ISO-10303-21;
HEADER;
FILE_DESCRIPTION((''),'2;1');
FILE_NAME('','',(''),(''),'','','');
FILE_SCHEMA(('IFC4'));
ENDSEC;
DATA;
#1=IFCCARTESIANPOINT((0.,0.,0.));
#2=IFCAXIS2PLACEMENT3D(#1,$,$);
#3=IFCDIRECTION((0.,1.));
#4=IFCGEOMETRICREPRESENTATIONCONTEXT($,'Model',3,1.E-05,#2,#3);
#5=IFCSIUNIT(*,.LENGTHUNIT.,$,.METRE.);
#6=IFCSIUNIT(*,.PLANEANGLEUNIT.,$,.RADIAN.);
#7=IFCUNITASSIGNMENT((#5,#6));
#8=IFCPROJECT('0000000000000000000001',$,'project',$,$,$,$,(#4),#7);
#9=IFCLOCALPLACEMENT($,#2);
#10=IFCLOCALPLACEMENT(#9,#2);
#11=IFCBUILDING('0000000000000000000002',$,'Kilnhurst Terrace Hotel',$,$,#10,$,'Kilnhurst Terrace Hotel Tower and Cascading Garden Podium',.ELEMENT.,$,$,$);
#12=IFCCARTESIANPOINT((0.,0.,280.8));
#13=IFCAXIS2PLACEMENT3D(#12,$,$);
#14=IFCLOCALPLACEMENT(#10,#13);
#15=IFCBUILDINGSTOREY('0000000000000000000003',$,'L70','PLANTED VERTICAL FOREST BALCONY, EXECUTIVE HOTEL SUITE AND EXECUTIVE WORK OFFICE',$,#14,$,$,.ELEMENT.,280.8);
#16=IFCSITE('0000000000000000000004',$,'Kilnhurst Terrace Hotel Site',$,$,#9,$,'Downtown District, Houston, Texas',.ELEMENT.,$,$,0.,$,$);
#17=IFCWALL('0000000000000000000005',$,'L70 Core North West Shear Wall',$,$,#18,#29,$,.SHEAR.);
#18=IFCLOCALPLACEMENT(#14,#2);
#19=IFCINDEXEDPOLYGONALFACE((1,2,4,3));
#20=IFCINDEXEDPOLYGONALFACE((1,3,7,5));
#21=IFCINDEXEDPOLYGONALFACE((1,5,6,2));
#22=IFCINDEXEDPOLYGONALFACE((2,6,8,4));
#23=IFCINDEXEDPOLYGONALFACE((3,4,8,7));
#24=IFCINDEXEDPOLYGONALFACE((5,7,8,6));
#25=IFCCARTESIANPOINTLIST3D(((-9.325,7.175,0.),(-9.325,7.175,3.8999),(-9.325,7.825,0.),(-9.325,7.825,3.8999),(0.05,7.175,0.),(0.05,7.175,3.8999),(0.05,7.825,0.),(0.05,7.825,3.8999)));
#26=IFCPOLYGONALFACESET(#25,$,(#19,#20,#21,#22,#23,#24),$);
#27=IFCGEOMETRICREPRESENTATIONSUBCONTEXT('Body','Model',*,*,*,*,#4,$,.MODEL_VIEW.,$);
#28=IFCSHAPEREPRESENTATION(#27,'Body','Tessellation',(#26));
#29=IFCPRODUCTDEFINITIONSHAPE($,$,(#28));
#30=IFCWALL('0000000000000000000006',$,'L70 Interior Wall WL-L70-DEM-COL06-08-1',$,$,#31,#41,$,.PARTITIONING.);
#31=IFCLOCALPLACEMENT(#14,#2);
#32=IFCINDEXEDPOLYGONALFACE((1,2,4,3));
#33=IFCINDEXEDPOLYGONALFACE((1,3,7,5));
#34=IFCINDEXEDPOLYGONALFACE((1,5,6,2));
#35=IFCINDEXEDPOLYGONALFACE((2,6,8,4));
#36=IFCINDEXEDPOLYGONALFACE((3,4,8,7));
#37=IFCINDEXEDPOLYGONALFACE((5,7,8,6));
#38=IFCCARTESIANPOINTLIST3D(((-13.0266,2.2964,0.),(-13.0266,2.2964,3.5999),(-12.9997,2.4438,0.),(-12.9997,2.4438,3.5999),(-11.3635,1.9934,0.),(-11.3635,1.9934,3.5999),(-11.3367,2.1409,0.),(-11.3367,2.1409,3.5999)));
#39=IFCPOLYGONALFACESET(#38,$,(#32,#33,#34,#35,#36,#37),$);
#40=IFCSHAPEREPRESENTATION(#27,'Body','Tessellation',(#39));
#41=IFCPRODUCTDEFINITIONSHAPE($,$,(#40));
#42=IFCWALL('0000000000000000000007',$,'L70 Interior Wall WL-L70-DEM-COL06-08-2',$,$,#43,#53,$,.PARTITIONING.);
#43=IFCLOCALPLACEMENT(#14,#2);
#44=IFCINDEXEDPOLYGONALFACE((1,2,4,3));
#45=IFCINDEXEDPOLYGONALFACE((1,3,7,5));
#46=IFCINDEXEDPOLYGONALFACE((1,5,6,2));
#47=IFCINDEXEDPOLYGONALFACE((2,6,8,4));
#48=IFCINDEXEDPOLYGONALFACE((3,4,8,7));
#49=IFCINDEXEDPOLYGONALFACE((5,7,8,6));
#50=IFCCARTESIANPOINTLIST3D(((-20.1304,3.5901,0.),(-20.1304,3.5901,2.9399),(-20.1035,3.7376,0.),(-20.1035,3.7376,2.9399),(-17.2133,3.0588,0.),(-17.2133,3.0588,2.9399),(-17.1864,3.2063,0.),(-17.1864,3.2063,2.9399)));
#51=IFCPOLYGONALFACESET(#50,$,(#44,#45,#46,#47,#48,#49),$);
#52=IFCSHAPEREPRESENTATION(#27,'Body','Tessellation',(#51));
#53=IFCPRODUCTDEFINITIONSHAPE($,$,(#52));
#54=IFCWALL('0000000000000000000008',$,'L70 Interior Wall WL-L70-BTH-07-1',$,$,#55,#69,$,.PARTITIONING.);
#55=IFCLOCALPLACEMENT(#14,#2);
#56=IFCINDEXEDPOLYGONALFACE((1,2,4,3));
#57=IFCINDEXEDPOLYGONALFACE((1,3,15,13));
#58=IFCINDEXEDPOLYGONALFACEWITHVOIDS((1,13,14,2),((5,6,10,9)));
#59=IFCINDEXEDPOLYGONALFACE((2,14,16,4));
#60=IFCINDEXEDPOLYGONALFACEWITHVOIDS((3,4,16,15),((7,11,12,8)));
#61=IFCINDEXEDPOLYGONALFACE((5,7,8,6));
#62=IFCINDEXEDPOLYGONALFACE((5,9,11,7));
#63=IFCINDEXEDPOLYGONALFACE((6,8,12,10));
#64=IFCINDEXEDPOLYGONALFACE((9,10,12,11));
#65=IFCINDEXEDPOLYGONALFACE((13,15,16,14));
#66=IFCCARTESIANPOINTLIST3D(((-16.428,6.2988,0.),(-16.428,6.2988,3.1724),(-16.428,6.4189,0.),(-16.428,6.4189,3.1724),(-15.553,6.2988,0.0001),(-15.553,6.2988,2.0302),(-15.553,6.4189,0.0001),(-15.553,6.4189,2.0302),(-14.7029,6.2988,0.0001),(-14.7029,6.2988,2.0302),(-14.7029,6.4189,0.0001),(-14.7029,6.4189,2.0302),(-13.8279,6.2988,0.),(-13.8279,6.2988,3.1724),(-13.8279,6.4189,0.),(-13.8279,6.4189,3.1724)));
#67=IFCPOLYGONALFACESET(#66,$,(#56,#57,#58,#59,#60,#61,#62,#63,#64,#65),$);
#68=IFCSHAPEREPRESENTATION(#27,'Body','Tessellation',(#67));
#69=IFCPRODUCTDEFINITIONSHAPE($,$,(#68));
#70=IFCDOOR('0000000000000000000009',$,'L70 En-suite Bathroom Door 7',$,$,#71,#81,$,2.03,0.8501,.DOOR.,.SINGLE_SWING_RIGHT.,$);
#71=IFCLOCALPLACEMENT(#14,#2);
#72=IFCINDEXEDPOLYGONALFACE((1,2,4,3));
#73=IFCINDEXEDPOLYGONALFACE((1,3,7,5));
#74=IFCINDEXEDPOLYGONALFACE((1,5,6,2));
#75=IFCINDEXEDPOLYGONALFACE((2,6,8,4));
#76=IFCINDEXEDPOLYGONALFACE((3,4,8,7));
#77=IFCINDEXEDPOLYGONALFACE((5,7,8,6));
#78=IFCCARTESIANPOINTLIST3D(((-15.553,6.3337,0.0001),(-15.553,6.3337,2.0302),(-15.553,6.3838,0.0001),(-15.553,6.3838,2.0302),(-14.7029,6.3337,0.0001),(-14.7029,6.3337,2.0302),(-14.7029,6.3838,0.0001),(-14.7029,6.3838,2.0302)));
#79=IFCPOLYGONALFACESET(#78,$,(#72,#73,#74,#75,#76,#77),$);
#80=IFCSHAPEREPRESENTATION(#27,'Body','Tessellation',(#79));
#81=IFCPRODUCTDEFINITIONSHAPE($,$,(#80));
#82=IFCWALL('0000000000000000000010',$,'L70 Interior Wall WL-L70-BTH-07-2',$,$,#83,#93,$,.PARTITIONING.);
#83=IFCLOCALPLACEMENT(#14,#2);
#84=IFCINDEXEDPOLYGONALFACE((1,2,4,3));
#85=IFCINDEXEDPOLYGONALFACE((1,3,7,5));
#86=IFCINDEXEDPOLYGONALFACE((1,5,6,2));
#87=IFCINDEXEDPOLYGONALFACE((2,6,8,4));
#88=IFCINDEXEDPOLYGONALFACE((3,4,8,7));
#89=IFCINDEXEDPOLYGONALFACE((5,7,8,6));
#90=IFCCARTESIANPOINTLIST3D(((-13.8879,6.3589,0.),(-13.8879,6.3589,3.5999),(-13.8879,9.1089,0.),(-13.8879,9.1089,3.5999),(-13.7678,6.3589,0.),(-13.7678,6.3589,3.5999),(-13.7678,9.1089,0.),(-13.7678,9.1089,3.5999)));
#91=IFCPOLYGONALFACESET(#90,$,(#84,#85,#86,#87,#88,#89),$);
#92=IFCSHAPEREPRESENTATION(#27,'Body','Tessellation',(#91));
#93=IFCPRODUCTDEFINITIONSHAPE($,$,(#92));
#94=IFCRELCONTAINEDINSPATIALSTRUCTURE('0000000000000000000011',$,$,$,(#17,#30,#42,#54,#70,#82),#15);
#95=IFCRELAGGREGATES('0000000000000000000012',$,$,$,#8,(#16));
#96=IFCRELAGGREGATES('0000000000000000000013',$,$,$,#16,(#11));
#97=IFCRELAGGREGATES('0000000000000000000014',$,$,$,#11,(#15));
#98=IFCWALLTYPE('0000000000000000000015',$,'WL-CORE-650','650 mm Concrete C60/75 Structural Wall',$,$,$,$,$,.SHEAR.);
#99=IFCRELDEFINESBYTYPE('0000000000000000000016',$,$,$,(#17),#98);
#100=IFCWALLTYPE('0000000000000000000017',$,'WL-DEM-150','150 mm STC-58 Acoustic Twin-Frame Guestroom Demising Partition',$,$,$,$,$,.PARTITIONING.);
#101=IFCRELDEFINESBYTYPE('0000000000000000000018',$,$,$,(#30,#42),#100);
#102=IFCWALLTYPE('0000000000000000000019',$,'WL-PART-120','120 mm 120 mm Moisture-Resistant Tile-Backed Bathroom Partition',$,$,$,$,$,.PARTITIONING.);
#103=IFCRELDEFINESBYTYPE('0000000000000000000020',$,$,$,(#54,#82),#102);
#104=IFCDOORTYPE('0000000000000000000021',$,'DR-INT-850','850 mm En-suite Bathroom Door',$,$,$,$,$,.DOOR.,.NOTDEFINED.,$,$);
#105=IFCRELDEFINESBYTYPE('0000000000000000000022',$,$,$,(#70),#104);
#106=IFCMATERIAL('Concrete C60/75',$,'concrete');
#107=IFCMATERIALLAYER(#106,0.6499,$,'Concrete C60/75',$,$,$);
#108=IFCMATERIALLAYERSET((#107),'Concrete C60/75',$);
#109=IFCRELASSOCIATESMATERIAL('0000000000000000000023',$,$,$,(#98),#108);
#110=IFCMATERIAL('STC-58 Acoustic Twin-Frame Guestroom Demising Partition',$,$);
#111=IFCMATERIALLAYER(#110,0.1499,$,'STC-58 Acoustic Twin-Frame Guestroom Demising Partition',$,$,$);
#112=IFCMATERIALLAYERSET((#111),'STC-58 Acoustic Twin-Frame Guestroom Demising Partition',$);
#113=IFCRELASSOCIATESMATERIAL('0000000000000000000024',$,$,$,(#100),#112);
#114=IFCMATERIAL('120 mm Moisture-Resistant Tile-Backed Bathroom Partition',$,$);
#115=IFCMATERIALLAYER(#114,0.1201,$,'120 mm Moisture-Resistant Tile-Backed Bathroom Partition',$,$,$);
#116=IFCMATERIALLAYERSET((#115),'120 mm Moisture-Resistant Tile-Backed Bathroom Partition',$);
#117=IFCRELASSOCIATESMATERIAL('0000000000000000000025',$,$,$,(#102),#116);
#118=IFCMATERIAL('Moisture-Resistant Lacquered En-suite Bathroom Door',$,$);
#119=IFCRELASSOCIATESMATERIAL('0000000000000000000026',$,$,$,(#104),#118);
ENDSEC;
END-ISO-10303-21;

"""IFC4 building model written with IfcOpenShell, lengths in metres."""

from ifc_helpers import new_model, si_unit, direction, frame, frame_2d, origin, place, context, subcontext, project, spatial, rectangle, extrude, material, layer, layer_set, type_object, element, fill, save


model = new_model("IFC4")

# Units and contexts
model_context = context("Model", 3, precision=1e-05, world=origin(), true_north=direction((0.0, 1.0)))
body_context = subcontext(model_context, "Body", "Model", "MODEL_VIEW")
ifc_project = project(units=[si_unit("LENGTHUNIT", "METRE"), si_unit("PLANEANGLEUNIT", "RADIAN")], contexts=[model_context])

# Site, building, storey
site_placement = place(None, origin())
site = spatial("IfcSite", under=ifc_project, at=site_placement, Name="Kilnhurst Terrace Hotel Site", LongName="Downtown District, Houston, Texas", CompositionType="ELEMENT", RefElevation=0.0)
building_placement = place(site_placement, origin())
building = spatial("IfcBuilding", under=site, at=building_placement, Name="Kilnhurst Terrace Hotel", LongName="Kilnhurst Terrace Hotel Tower and Cascading Garden Podium", CompositionType="ELEMENT")
storey_placement = place(building_placement, frame((0.0, 0.0, 280.8)))
storey = spatial("IfcBuildingStorey", under=building, at=storey_placement, Name="L70", Description="PLANTED VERTICAL FOREST BALCONY, EXECUTIVE HOTEL SUITE AND EXECUTIVE WORK OFFICE", CompositionType="ELEMENT", Elevation=280.8)

# Shared definitions
ifc_material_1 = material(Name="Concrete C60/75", Category="concrete")

# Walls
ifc_layer_1 = layer(ifc_material_1, 0.6499, Name="Concrete C60/75")
ifc_layer_set_1 = layer_set([ifc_layer_1], Name="Concrete C60/75")
wall_type_1 = type_object("IfcWallType", Name="WL-CORE-650", Description="650 mm Concrete C60/75 Structural Wall", PredefinedType="SHEAR", material=ifc_layer_set_1)
wall_1_placement = place(storey_placement, frame((-9.325, 7.5, 0.0), z_axis=(0.0, 0.0, 1.0), x_axis=(1.0, 0.0, 0.0)))
element("IfcWall", 1, at=wall_1_placement, inside=storey, type_object=wall_type_1, Name="L70 Core North West Shear Wall", PredefinedType="SHEAR", context=body_context, shape_type="SweptSolid", body=[
    extrude(rectangle(XDim=9.375, YDim=0.6499, at=frame_2d((4.6875, 0.0))), origin(), (0.0, 0.0, 1.0), 3.8999),
])
ifc_material_2 = material(Name="STC-58 Acoustic Twin-Frame Guestroom Demising Partition")
ifc_layer_2 = layer(ifc_material_2, 0.1499, Name="STC-58 Acoustic Twin-Frame Guestroom Demising Partition")
ifc_layer_set_2 = layer_set([ifc_layer_2], Name="STC-58 Acoustic Twin-Frame Guestroom Demising Partition")
wall_type_2 = type_object("IfcWallType", Name="WL-DEM-150", Description="150 mm STC-58 Acoustic Twin-Frame Guestroom Demising Partition", PredefinedType="PARTITIONING", material=ifc_layer_set_2)
wall_2_placement = place(storey_placement, frame((-11.3501, 2.0671, 0.0), z_axis=(0.0, 0.0, 1.0), x_axis=(-0.983807, 0.179229, 0.0)))
element("IfcWall", 2, at=wall_2_placement, inside=storey, type_object=wall_type_2, Name="L70 Interior Wall WL-L70-DEM-COL06-08-1", PredefinedType="PARTITIONING", context=body_context, shape_type="SweptSolid", body=[
    extrude(rectangle(XDim=1.6904, YDim=0.1499, at=frame_2d((0.8452, 0.0))), origin(), (0.0, 0.0, 1.0), 3.5999),
])
wall_3_placement = place(storey_placement, frame((-17.2, 3.1326, 0.0), z_axis=(0.0, 0.0, 1.0), x_axis=(-0.983817, 0.179175, 0.0)))
element("IfcWall", 3, at=wall_3_placement, inside=storey, type_object=wall_type_2, Name="L70 Interior Wall WL-L70-DEM-COL06-08-2", PredefinedType="PARTITIONING", context=body_context, shape_type="SweptSolid", body=[
    extrude(rectangle(XDim=2.9651, YDim=0.1499, at=frame_2d((1.4824, 0.0))), origin(), (0.0, 0.0, 1.0), 2.9399),
])

# Wall, opening, door
ifc_material_3 = material(Name="120 mm Moisture-Resistant Tile-Backed Bathroom Partition")
ifc_layer_3 = layer(ifc_material_3, 0.1201, Name="120 mm Moisture-Resistant Tile-Backed Bathroom Partition")
ifc_layer_set_3 = layer_set([ifc_layer_3], Name="120 mm Moisture-Resistant Tile-Backed Bathroom Partition")
wall_type_3 = type_object("IfcWallType", Name="WL-PART-120", Description="120 mm 120 mm Moisture-Resistant Tile-Backed Bathroom Partition", PredefinedType="PARTITIONING", material=ifc_layer_set_3)
wall_4_placement = place(storey_placement, frame((-16.428, 6.3589, 0.0), z_axis=(0.0, 0.0, 1.0), x_axis=(1.0, 0.0, 0.0)))
wall_4 = element("IfcWall", 4, at=wall_4_placement, inside=storey, type_object=wall_type_3, Name="L70 Interior Wall WL-L70-BTH-07-1", PredefinedType="PARTITIONING", context=body_context, shape_type="SweptSolid", body=[
    extrude(rectangle(XDim=2.6001, YDim=0.1201, at=frame_2d((1.3, 0.0))), origin(), (0.0, 0.0, 1.0), 3.1724),
])
opening_1_placement = place(wall_4_placement, frame((0.875, 0.0, 0.0)))
opening_1 = element("IfcOpeningElement", 5, at=opening_1_placement, cuts=wall_4, PredefinedType="OPENING", context=body_context, shape_type="SweptSolid", body=[
    extrude(rectangle(XDim=0.8501, YDim=2.03, at=frame_2d((0.425, 1.0151))), frame((0.0, 0.0701, 0.0), z_axis=(0.0, -1.0, 0.0), x_axis=(1.0, 0.0, 0.0)), (0.0, 0.0, 1.0), 0.1401),
])
ifc_material_4 = material(Name="Moisture-Resistant Lacquered En-suite Bathroom Door")
door_type_1 = type_object("IfcDoorType", Name="DR-INT-850", Description="850 mm En-suite Bathroom Door", OperationType="NOTDEFINED", PredefinedType="DOOR", material=ifc_material_4)
door_1_placement = place(opening_1_placement, origin())
door_1 = element("IfcDoor", 6, at=door_1_placement, inside=storey, type_object=door_type_1, Name="L70 En-suite Bathroom Door 7", OperationType="SINGLE_SWING_RIGHT", OverallHeight=2.03, OverallWidth=0.8501, PredefinedType="DOOR", context=body_context, shape_type="SweptSolid", body=[
    extrude(rectangle(XDim=0.8501, YDim=2.03, at=frame_2d((0.425, 1.0151))), frame((0.0, 0.0249, 0.0), z_axis=(0.0, -1.0, 0.0), x_axis=(1.0, 0.0, 0.0)), (0.0, 0.0, 1.0), 0.05),
])
fill(opening_1, door_1)

# Wall
wall_5_placement = place(storey_placement, frame((-13.8279, 6.3589, 0.0), z_axis=(0.0, 0.0, 1.0), x_axis=(0.0, 1.0, 0.0)))
element("IfcWall", 7, at=wall_5_placement, inside=storey, type_object=wall_type_3, Name="L70 Interior Wall WL-L70-BTH-07-2", PredefinedType="PARTITIONING", context=body_context, shape_type="SweptSolid", body=[
    extrude(rectangle(XDim=2.75, YDim=0.1201, at=frame_2d((1.375, 0.0))), origin(), (0.0, 0.0, 1.0), 3.5999),
])

save(model, "model.ifc")
